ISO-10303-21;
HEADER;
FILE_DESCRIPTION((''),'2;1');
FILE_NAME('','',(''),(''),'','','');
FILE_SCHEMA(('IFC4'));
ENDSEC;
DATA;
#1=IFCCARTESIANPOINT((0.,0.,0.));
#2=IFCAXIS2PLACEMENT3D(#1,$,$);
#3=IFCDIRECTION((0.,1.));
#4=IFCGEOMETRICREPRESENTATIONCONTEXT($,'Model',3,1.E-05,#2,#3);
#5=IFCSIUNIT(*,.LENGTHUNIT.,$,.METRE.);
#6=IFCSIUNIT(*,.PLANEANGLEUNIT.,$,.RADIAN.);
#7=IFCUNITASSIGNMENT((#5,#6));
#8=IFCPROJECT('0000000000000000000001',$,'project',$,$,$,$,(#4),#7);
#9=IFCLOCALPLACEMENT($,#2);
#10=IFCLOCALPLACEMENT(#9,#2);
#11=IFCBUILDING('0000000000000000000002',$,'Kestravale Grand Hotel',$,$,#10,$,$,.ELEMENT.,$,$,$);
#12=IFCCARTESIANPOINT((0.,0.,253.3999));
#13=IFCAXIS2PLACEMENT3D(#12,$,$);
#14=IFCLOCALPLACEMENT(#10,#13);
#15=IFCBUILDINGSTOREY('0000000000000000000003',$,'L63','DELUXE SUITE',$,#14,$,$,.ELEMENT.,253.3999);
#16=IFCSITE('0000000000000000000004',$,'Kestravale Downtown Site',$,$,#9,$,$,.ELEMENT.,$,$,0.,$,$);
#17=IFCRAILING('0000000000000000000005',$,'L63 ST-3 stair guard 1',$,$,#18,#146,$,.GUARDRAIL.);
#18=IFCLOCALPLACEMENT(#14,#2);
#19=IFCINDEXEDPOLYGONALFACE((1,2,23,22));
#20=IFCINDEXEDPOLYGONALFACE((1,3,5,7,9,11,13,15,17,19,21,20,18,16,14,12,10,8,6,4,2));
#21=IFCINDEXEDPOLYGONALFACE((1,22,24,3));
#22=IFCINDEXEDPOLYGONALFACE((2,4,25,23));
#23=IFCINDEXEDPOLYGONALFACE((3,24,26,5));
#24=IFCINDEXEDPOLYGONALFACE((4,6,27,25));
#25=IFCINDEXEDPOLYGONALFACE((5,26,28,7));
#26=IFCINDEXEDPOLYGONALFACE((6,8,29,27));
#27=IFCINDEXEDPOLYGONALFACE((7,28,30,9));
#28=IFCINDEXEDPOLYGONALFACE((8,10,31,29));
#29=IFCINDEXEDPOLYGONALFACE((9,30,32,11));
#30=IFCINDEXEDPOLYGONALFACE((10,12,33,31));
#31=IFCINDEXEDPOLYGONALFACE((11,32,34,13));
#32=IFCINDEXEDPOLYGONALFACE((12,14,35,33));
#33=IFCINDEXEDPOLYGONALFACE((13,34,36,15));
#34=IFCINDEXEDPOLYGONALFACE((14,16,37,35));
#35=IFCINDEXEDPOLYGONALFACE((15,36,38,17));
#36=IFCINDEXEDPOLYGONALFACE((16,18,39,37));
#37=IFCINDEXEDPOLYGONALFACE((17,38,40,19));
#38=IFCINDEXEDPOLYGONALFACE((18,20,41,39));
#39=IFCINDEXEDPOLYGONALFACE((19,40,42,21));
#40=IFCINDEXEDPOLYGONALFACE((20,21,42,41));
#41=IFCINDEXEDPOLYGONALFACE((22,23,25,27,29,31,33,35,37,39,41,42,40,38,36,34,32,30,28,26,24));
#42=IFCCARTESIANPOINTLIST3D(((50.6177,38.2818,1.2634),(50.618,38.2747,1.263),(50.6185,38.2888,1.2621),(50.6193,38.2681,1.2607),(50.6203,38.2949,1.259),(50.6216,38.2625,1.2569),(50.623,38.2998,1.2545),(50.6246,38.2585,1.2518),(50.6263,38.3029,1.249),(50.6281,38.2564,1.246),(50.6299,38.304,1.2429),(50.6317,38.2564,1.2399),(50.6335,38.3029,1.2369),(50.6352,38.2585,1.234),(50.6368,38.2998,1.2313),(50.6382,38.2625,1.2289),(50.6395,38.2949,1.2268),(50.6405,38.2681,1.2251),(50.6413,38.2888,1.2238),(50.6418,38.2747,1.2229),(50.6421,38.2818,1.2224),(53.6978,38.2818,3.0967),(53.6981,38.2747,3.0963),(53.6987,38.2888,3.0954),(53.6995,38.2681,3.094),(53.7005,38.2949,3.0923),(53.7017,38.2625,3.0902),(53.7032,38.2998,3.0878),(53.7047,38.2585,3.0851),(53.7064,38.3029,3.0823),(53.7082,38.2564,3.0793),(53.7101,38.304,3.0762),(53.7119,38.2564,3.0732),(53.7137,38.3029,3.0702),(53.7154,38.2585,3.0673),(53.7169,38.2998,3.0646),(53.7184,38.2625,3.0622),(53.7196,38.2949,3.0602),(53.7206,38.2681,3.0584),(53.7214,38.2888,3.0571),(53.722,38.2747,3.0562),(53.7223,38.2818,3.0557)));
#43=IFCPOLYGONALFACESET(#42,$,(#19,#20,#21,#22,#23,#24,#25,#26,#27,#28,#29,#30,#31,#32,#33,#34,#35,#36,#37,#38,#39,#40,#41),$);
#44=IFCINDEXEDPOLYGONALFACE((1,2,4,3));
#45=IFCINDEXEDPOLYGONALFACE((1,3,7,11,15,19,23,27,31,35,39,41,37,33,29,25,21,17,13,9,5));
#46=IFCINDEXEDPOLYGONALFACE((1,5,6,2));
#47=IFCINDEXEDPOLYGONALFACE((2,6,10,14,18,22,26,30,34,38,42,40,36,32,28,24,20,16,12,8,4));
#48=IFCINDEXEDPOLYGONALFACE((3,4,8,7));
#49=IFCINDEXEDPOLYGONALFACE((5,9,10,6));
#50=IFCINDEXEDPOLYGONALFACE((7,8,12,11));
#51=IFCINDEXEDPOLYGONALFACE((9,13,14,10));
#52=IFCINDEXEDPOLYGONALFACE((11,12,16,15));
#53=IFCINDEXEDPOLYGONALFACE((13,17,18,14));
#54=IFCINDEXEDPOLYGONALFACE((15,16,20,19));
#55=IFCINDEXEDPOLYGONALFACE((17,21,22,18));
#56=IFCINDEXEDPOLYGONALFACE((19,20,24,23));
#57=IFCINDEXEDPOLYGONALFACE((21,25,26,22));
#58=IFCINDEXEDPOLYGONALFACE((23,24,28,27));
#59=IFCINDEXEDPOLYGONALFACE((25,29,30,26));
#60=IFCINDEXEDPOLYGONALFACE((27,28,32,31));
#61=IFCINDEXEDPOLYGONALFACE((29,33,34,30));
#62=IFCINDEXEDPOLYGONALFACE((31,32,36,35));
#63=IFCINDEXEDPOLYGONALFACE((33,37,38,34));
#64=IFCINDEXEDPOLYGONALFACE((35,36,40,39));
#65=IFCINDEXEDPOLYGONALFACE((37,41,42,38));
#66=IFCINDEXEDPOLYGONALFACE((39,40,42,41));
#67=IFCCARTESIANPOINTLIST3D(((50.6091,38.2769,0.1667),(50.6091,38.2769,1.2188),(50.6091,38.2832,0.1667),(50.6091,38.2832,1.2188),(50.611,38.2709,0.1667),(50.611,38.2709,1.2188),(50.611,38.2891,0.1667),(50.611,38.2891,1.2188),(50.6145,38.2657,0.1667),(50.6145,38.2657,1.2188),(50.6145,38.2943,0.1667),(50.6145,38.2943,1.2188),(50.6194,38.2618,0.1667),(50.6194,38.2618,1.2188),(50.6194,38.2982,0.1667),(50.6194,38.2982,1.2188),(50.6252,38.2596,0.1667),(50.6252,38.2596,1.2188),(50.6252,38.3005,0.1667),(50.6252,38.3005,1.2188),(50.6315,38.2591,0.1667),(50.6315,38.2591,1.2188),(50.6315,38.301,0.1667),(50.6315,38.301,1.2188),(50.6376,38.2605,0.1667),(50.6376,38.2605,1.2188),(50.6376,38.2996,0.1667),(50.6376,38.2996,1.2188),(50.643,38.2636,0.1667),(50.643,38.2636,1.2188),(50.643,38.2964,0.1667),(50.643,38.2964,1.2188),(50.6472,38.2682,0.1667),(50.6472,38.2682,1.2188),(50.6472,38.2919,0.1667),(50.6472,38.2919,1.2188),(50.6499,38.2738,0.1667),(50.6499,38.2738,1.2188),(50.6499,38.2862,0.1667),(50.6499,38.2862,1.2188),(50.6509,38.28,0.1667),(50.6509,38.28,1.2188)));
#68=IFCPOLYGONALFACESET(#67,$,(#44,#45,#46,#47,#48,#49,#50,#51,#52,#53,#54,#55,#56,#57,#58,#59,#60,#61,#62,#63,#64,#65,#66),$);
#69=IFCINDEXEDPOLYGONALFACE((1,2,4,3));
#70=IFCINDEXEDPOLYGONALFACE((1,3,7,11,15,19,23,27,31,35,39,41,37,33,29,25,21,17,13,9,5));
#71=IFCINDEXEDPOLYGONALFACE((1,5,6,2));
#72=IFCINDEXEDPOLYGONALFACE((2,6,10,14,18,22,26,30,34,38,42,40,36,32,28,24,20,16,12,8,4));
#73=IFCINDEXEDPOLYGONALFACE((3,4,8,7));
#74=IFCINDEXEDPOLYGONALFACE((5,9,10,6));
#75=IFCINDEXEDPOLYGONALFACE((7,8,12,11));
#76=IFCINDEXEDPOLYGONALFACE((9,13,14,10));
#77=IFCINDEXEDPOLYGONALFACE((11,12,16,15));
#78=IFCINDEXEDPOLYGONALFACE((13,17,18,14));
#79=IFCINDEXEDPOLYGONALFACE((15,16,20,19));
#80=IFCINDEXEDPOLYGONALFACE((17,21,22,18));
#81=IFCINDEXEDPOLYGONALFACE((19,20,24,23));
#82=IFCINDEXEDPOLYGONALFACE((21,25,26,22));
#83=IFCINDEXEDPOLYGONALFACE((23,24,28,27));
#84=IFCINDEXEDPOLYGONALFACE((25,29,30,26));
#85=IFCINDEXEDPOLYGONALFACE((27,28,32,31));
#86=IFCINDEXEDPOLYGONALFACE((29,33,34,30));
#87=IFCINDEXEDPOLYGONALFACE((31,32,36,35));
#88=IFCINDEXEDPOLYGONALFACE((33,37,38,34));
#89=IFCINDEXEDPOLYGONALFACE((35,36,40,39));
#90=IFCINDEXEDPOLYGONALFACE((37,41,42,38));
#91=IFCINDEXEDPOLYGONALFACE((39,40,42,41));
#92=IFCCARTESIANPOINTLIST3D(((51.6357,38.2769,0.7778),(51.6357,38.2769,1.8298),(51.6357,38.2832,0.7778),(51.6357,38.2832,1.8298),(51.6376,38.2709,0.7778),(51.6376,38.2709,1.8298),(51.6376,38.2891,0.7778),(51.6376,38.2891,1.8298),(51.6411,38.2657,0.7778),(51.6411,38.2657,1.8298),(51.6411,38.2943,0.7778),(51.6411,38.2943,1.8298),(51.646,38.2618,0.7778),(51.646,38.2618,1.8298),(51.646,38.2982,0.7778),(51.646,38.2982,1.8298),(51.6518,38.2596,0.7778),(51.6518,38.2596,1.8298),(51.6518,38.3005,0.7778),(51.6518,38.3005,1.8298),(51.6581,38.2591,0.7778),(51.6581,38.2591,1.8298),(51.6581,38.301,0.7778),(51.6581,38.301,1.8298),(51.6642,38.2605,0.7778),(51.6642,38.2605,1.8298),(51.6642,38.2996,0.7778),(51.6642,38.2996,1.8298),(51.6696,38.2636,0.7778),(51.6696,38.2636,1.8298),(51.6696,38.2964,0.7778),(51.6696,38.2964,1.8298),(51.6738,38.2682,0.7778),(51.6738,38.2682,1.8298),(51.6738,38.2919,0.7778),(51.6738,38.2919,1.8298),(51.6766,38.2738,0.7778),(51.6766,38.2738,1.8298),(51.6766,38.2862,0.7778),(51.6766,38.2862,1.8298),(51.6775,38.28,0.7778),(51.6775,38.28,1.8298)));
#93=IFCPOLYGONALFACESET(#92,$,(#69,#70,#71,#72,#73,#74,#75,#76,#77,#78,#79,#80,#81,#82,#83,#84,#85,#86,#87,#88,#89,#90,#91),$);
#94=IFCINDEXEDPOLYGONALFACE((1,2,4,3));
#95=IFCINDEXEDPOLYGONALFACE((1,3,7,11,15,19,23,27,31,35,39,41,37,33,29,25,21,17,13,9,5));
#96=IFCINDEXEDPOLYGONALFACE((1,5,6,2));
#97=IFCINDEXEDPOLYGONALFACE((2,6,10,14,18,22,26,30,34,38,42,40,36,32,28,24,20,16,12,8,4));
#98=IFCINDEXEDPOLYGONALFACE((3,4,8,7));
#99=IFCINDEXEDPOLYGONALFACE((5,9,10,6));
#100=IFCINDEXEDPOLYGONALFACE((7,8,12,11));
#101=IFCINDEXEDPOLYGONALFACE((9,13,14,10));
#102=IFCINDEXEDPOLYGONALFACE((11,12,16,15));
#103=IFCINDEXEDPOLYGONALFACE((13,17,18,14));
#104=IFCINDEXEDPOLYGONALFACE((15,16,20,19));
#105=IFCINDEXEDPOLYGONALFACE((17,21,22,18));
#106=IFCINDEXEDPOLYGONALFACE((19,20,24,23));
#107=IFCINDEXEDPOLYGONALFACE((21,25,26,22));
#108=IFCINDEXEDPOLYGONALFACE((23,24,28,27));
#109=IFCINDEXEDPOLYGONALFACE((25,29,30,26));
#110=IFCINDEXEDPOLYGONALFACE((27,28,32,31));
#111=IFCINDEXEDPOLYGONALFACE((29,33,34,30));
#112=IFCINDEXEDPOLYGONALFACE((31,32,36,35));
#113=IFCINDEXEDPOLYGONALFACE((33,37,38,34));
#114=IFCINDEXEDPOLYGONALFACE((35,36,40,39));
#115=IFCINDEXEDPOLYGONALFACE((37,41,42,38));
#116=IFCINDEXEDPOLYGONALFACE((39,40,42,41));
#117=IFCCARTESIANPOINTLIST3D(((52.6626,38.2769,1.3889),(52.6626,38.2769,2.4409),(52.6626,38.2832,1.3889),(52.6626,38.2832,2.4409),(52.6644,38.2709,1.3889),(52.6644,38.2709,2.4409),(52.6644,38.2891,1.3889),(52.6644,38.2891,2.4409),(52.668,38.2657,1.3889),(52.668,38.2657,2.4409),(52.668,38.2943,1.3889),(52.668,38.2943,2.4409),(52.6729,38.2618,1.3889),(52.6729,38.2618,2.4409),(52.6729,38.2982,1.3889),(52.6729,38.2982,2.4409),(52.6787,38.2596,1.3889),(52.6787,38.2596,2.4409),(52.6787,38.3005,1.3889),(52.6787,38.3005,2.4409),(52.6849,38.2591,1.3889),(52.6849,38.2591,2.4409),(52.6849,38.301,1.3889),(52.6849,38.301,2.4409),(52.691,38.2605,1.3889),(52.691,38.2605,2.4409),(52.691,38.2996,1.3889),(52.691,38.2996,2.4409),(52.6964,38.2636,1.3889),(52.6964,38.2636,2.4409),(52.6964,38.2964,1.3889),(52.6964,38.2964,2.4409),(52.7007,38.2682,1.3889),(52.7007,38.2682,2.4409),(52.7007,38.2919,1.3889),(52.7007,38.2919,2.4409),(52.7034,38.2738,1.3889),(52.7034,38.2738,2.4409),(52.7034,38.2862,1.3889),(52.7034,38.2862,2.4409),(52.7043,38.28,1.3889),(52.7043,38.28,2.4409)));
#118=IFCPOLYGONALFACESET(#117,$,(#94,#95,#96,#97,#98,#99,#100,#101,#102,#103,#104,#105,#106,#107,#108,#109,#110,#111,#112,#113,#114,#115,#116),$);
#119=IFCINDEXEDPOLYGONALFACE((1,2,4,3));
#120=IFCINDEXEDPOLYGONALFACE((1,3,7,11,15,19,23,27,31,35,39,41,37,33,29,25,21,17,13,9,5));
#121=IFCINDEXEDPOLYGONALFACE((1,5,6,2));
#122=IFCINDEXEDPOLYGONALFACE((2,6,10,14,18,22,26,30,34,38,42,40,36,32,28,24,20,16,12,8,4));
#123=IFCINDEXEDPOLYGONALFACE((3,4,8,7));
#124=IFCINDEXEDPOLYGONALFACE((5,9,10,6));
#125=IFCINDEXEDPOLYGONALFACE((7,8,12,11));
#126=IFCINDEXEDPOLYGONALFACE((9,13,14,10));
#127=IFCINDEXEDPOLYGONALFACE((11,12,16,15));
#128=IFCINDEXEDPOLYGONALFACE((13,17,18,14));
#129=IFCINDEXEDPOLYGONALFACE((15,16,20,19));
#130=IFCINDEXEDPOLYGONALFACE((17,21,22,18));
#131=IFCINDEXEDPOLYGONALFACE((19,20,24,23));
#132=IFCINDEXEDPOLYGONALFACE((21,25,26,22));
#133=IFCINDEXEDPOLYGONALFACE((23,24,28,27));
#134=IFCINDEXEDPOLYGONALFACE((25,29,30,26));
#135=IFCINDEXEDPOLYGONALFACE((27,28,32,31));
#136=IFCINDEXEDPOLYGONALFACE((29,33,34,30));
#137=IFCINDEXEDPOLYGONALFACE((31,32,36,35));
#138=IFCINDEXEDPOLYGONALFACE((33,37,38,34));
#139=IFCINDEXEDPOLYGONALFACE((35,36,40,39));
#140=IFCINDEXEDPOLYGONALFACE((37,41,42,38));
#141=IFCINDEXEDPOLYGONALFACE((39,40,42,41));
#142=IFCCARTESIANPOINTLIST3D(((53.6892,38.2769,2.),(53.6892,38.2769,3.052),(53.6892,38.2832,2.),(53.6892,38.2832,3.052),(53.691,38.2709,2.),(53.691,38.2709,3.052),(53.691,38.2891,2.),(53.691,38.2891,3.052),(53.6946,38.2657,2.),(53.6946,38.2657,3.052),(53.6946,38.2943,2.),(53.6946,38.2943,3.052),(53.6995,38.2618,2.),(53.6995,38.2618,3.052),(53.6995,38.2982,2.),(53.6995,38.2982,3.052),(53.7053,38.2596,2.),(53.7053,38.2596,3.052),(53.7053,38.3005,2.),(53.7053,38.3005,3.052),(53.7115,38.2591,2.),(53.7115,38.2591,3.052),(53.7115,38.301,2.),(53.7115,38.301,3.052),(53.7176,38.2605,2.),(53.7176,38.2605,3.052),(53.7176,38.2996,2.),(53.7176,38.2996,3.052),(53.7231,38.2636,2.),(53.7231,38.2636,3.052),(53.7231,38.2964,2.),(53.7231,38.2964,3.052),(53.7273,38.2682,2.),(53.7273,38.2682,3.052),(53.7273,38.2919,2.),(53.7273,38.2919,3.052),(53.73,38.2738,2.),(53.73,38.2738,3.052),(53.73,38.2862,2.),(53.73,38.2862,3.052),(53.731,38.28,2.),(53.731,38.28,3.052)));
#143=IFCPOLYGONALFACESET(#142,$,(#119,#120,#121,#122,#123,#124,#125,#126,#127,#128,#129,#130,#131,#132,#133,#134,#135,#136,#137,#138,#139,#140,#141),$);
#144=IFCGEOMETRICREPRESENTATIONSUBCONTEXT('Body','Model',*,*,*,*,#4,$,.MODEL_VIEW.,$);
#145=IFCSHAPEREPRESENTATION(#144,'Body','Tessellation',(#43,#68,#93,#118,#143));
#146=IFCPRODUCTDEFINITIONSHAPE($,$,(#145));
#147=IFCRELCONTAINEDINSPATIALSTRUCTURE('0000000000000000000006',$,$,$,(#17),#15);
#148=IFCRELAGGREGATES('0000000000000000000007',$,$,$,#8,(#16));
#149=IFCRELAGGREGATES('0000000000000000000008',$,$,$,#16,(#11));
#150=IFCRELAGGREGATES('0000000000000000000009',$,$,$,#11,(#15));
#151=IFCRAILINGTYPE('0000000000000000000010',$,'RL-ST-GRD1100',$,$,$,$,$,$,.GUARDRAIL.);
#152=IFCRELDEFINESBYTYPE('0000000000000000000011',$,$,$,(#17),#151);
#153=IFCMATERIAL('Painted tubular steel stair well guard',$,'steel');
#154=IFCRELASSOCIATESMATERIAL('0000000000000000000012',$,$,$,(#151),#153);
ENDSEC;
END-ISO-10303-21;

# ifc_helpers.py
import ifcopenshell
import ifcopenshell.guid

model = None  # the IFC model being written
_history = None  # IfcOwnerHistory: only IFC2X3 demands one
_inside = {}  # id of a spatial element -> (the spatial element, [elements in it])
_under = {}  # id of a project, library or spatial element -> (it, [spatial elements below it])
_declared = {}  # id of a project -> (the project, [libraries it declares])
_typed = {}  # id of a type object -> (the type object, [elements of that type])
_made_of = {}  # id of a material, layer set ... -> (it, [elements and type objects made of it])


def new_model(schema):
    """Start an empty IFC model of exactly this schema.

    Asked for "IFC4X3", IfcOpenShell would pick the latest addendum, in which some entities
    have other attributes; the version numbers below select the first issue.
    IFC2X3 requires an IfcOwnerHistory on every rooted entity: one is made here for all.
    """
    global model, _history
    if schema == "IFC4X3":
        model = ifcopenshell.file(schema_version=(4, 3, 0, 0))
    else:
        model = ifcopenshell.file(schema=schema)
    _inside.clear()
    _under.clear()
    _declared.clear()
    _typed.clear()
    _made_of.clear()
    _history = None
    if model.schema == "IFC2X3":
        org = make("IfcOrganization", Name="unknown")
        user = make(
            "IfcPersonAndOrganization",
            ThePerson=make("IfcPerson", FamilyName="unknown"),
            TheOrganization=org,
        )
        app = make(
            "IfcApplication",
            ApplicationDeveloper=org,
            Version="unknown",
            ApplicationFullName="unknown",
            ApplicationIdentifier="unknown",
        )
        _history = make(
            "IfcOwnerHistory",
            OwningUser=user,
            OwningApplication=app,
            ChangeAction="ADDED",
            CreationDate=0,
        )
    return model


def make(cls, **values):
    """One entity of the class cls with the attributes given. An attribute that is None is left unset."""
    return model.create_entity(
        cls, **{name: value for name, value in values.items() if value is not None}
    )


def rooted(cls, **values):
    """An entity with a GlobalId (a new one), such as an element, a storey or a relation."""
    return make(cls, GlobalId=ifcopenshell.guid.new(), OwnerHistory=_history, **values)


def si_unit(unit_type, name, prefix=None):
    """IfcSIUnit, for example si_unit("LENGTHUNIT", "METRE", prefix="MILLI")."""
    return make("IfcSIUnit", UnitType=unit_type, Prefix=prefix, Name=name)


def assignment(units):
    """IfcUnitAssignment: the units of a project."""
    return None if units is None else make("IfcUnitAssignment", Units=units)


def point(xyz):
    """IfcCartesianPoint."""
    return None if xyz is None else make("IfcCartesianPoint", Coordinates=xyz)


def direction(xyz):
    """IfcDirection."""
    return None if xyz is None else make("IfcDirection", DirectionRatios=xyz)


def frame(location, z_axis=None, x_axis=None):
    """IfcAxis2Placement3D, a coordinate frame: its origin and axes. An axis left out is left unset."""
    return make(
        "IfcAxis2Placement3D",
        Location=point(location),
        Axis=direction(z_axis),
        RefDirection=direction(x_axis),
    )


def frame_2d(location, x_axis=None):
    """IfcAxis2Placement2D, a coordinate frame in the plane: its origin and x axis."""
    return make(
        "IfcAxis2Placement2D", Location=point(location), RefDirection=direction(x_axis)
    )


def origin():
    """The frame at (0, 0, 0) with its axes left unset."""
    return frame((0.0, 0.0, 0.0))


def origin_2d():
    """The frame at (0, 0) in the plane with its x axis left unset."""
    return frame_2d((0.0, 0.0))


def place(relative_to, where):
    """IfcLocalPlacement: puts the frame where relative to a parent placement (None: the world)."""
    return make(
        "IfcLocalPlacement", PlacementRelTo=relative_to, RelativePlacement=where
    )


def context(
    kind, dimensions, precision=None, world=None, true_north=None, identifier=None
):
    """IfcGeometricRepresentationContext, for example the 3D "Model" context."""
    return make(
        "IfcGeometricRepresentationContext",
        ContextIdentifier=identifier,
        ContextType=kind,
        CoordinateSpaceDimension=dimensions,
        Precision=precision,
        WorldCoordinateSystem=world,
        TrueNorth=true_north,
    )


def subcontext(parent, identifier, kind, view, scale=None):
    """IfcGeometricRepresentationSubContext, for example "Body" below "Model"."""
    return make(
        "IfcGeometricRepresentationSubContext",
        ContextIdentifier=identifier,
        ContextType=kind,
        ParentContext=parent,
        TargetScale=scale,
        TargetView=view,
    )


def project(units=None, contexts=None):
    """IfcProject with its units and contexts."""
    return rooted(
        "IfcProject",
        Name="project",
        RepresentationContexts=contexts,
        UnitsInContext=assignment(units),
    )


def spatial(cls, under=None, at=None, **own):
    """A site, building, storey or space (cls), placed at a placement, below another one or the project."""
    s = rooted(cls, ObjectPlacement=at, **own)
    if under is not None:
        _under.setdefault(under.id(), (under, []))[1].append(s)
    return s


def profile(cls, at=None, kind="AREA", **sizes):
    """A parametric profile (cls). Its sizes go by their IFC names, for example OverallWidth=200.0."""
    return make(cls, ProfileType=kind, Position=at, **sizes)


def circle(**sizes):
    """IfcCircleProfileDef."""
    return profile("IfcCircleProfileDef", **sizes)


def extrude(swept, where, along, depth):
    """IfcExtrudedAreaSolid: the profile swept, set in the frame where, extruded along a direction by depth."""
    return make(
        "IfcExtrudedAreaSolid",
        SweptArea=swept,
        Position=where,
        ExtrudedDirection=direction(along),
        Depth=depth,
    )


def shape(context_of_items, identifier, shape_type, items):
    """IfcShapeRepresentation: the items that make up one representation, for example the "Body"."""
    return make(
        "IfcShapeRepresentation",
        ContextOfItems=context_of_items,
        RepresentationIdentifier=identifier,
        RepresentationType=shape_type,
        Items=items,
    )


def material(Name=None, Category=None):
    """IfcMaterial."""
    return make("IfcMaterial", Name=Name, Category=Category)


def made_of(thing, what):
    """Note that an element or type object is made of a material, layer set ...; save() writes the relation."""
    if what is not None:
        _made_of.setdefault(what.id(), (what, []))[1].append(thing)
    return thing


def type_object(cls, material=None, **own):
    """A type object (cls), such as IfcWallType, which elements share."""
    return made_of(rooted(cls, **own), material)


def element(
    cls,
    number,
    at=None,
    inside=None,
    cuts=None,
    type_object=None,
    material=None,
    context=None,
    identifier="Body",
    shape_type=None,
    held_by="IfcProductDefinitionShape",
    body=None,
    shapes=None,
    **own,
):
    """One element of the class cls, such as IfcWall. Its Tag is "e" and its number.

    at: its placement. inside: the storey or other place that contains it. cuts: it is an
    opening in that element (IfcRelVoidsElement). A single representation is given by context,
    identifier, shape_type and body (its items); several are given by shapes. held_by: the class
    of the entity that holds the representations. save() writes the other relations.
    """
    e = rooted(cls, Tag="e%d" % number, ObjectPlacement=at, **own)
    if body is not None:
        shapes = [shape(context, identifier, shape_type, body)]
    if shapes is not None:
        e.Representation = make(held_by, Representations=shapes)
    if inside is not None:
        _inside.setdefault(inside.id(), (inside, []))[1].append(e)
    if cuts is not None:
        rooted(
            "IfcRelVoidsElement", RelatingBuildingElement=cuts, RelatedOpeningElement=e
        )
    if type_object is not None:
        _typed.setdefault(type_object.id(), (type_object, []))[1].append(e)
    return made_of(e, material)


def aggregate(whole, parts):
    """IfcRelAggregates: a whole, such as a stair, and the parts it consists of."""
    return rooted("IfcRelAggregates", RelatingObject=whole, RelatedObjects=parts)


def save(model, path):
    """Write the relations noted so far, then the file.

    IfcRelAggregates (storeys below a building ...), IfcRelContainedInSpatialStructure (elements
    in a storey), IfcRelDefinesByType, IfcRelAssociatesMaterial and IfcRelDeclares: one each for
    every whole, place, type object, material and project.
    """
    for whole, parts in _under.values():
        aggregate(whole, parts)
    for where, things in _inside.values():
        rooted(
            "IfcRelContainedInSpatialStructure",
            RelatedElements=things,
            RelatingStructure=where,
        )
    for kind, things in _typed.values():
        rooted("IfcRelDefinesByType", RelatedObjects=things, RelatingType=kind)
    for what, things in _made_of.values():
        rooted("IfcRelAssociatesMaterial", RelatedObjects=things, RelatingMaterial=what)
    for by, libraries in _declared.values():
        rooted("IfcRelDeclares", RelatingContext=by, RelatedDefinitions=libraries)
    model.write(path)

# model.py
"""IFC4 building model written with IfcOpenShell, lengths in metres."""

from ifc_helpers import new_model, si_unit, direction, frame, origin, origin_2d, place, context, subcontext, project, spatial, circle, extrude, material, type_object, element, save


model = new_model("IFC4")

# Units and contexts
model_context = context("Model", 3, precision=1e-05, world=origin(), true_north=direction((0.0, 1.0)))
body_context = subcontext(model_context, "Body", "Model", "MODEL_VIEW")
ifc_project = project(units=[si_unit("LENGTHUNIT", "METRE"), si_unit("PLANEANGLEUNIT", "RADIAN")], contexts=[model_context])

# Site, building, storey
site_placement = place(None, origin())
site = spatial("IfcSite", under=ifc_project, at=site_placement, Name="Kestravale Downtown Site", CompositionType="ELEMENT", RefElevation=0.0)
building_placement = place(site_placement, origin())
building = spatial("IfcBuilding", under=site, at=building_placement, Name="Kestravale Grand Hotel", CompositionType="ELEMENT")
storey_placement = place(building_placement, frame((0.0, 0.0, 253.3999)))
storey = spatial("IfcBuildingStorey", under=building, at=storey_placement, Name="L63", Description="DELUXE SUITE", CompositionType="ELEMENT", Elevation=253.3999)

# Railing
ifc_material_1 = material(Name="Painted tubular steel stair well guard", Category="steel")
railing_type_1 = type_object("IfcRailingType", Name="RL-ST-GRD1100", PredefinedType="GUARDRAIL", material=ifc_material_1)
railing_1_placement = place(storey_placement, frame((50.6299, 38.28, 0.1667)))
element("IfcRailing", 1, at=railing_1_placement, inside=storey, type_object=railing_type_1, Name="L63 ST-3 stair guard 1", PredefinedType="GUARDRAIL", context=body_context, shape_type="SweptSolid", body=[
    extrude(circle(Radius=0.0239, at=origin_2d()), frame((0.0, 0.0, 1.0762), z_axis=(0.859309, 0.0, 0.511458), x_axis=(0.0, 1.0, 0.0)), (0.0, 0.0, 1.0), 3.5845),
    extrude(circle(Radius=0.021, at=origin_2d()), origin(), (0.0, 0.0, 1.0), 1.052),
    extrude(circle(Radius=0.021, at=origin_2d()), frame((1.0266, 0.0, 0.6111)), (0.0, 0.0, 1.0), 1.052),
    extrude(circle(Radius=0.021, at=origin_2d()), frame((2.0535, 0.0, 1.2222)), (0.0, 0.0, 1.0), 1.052),
    extrude(circle(Radius=0.021, at=origin_2d()), frame((3.0801, 0.0, 1.8333)), (0.0, 0.0, 1.0), 1.052),
])

save(model, "model.ifc")
